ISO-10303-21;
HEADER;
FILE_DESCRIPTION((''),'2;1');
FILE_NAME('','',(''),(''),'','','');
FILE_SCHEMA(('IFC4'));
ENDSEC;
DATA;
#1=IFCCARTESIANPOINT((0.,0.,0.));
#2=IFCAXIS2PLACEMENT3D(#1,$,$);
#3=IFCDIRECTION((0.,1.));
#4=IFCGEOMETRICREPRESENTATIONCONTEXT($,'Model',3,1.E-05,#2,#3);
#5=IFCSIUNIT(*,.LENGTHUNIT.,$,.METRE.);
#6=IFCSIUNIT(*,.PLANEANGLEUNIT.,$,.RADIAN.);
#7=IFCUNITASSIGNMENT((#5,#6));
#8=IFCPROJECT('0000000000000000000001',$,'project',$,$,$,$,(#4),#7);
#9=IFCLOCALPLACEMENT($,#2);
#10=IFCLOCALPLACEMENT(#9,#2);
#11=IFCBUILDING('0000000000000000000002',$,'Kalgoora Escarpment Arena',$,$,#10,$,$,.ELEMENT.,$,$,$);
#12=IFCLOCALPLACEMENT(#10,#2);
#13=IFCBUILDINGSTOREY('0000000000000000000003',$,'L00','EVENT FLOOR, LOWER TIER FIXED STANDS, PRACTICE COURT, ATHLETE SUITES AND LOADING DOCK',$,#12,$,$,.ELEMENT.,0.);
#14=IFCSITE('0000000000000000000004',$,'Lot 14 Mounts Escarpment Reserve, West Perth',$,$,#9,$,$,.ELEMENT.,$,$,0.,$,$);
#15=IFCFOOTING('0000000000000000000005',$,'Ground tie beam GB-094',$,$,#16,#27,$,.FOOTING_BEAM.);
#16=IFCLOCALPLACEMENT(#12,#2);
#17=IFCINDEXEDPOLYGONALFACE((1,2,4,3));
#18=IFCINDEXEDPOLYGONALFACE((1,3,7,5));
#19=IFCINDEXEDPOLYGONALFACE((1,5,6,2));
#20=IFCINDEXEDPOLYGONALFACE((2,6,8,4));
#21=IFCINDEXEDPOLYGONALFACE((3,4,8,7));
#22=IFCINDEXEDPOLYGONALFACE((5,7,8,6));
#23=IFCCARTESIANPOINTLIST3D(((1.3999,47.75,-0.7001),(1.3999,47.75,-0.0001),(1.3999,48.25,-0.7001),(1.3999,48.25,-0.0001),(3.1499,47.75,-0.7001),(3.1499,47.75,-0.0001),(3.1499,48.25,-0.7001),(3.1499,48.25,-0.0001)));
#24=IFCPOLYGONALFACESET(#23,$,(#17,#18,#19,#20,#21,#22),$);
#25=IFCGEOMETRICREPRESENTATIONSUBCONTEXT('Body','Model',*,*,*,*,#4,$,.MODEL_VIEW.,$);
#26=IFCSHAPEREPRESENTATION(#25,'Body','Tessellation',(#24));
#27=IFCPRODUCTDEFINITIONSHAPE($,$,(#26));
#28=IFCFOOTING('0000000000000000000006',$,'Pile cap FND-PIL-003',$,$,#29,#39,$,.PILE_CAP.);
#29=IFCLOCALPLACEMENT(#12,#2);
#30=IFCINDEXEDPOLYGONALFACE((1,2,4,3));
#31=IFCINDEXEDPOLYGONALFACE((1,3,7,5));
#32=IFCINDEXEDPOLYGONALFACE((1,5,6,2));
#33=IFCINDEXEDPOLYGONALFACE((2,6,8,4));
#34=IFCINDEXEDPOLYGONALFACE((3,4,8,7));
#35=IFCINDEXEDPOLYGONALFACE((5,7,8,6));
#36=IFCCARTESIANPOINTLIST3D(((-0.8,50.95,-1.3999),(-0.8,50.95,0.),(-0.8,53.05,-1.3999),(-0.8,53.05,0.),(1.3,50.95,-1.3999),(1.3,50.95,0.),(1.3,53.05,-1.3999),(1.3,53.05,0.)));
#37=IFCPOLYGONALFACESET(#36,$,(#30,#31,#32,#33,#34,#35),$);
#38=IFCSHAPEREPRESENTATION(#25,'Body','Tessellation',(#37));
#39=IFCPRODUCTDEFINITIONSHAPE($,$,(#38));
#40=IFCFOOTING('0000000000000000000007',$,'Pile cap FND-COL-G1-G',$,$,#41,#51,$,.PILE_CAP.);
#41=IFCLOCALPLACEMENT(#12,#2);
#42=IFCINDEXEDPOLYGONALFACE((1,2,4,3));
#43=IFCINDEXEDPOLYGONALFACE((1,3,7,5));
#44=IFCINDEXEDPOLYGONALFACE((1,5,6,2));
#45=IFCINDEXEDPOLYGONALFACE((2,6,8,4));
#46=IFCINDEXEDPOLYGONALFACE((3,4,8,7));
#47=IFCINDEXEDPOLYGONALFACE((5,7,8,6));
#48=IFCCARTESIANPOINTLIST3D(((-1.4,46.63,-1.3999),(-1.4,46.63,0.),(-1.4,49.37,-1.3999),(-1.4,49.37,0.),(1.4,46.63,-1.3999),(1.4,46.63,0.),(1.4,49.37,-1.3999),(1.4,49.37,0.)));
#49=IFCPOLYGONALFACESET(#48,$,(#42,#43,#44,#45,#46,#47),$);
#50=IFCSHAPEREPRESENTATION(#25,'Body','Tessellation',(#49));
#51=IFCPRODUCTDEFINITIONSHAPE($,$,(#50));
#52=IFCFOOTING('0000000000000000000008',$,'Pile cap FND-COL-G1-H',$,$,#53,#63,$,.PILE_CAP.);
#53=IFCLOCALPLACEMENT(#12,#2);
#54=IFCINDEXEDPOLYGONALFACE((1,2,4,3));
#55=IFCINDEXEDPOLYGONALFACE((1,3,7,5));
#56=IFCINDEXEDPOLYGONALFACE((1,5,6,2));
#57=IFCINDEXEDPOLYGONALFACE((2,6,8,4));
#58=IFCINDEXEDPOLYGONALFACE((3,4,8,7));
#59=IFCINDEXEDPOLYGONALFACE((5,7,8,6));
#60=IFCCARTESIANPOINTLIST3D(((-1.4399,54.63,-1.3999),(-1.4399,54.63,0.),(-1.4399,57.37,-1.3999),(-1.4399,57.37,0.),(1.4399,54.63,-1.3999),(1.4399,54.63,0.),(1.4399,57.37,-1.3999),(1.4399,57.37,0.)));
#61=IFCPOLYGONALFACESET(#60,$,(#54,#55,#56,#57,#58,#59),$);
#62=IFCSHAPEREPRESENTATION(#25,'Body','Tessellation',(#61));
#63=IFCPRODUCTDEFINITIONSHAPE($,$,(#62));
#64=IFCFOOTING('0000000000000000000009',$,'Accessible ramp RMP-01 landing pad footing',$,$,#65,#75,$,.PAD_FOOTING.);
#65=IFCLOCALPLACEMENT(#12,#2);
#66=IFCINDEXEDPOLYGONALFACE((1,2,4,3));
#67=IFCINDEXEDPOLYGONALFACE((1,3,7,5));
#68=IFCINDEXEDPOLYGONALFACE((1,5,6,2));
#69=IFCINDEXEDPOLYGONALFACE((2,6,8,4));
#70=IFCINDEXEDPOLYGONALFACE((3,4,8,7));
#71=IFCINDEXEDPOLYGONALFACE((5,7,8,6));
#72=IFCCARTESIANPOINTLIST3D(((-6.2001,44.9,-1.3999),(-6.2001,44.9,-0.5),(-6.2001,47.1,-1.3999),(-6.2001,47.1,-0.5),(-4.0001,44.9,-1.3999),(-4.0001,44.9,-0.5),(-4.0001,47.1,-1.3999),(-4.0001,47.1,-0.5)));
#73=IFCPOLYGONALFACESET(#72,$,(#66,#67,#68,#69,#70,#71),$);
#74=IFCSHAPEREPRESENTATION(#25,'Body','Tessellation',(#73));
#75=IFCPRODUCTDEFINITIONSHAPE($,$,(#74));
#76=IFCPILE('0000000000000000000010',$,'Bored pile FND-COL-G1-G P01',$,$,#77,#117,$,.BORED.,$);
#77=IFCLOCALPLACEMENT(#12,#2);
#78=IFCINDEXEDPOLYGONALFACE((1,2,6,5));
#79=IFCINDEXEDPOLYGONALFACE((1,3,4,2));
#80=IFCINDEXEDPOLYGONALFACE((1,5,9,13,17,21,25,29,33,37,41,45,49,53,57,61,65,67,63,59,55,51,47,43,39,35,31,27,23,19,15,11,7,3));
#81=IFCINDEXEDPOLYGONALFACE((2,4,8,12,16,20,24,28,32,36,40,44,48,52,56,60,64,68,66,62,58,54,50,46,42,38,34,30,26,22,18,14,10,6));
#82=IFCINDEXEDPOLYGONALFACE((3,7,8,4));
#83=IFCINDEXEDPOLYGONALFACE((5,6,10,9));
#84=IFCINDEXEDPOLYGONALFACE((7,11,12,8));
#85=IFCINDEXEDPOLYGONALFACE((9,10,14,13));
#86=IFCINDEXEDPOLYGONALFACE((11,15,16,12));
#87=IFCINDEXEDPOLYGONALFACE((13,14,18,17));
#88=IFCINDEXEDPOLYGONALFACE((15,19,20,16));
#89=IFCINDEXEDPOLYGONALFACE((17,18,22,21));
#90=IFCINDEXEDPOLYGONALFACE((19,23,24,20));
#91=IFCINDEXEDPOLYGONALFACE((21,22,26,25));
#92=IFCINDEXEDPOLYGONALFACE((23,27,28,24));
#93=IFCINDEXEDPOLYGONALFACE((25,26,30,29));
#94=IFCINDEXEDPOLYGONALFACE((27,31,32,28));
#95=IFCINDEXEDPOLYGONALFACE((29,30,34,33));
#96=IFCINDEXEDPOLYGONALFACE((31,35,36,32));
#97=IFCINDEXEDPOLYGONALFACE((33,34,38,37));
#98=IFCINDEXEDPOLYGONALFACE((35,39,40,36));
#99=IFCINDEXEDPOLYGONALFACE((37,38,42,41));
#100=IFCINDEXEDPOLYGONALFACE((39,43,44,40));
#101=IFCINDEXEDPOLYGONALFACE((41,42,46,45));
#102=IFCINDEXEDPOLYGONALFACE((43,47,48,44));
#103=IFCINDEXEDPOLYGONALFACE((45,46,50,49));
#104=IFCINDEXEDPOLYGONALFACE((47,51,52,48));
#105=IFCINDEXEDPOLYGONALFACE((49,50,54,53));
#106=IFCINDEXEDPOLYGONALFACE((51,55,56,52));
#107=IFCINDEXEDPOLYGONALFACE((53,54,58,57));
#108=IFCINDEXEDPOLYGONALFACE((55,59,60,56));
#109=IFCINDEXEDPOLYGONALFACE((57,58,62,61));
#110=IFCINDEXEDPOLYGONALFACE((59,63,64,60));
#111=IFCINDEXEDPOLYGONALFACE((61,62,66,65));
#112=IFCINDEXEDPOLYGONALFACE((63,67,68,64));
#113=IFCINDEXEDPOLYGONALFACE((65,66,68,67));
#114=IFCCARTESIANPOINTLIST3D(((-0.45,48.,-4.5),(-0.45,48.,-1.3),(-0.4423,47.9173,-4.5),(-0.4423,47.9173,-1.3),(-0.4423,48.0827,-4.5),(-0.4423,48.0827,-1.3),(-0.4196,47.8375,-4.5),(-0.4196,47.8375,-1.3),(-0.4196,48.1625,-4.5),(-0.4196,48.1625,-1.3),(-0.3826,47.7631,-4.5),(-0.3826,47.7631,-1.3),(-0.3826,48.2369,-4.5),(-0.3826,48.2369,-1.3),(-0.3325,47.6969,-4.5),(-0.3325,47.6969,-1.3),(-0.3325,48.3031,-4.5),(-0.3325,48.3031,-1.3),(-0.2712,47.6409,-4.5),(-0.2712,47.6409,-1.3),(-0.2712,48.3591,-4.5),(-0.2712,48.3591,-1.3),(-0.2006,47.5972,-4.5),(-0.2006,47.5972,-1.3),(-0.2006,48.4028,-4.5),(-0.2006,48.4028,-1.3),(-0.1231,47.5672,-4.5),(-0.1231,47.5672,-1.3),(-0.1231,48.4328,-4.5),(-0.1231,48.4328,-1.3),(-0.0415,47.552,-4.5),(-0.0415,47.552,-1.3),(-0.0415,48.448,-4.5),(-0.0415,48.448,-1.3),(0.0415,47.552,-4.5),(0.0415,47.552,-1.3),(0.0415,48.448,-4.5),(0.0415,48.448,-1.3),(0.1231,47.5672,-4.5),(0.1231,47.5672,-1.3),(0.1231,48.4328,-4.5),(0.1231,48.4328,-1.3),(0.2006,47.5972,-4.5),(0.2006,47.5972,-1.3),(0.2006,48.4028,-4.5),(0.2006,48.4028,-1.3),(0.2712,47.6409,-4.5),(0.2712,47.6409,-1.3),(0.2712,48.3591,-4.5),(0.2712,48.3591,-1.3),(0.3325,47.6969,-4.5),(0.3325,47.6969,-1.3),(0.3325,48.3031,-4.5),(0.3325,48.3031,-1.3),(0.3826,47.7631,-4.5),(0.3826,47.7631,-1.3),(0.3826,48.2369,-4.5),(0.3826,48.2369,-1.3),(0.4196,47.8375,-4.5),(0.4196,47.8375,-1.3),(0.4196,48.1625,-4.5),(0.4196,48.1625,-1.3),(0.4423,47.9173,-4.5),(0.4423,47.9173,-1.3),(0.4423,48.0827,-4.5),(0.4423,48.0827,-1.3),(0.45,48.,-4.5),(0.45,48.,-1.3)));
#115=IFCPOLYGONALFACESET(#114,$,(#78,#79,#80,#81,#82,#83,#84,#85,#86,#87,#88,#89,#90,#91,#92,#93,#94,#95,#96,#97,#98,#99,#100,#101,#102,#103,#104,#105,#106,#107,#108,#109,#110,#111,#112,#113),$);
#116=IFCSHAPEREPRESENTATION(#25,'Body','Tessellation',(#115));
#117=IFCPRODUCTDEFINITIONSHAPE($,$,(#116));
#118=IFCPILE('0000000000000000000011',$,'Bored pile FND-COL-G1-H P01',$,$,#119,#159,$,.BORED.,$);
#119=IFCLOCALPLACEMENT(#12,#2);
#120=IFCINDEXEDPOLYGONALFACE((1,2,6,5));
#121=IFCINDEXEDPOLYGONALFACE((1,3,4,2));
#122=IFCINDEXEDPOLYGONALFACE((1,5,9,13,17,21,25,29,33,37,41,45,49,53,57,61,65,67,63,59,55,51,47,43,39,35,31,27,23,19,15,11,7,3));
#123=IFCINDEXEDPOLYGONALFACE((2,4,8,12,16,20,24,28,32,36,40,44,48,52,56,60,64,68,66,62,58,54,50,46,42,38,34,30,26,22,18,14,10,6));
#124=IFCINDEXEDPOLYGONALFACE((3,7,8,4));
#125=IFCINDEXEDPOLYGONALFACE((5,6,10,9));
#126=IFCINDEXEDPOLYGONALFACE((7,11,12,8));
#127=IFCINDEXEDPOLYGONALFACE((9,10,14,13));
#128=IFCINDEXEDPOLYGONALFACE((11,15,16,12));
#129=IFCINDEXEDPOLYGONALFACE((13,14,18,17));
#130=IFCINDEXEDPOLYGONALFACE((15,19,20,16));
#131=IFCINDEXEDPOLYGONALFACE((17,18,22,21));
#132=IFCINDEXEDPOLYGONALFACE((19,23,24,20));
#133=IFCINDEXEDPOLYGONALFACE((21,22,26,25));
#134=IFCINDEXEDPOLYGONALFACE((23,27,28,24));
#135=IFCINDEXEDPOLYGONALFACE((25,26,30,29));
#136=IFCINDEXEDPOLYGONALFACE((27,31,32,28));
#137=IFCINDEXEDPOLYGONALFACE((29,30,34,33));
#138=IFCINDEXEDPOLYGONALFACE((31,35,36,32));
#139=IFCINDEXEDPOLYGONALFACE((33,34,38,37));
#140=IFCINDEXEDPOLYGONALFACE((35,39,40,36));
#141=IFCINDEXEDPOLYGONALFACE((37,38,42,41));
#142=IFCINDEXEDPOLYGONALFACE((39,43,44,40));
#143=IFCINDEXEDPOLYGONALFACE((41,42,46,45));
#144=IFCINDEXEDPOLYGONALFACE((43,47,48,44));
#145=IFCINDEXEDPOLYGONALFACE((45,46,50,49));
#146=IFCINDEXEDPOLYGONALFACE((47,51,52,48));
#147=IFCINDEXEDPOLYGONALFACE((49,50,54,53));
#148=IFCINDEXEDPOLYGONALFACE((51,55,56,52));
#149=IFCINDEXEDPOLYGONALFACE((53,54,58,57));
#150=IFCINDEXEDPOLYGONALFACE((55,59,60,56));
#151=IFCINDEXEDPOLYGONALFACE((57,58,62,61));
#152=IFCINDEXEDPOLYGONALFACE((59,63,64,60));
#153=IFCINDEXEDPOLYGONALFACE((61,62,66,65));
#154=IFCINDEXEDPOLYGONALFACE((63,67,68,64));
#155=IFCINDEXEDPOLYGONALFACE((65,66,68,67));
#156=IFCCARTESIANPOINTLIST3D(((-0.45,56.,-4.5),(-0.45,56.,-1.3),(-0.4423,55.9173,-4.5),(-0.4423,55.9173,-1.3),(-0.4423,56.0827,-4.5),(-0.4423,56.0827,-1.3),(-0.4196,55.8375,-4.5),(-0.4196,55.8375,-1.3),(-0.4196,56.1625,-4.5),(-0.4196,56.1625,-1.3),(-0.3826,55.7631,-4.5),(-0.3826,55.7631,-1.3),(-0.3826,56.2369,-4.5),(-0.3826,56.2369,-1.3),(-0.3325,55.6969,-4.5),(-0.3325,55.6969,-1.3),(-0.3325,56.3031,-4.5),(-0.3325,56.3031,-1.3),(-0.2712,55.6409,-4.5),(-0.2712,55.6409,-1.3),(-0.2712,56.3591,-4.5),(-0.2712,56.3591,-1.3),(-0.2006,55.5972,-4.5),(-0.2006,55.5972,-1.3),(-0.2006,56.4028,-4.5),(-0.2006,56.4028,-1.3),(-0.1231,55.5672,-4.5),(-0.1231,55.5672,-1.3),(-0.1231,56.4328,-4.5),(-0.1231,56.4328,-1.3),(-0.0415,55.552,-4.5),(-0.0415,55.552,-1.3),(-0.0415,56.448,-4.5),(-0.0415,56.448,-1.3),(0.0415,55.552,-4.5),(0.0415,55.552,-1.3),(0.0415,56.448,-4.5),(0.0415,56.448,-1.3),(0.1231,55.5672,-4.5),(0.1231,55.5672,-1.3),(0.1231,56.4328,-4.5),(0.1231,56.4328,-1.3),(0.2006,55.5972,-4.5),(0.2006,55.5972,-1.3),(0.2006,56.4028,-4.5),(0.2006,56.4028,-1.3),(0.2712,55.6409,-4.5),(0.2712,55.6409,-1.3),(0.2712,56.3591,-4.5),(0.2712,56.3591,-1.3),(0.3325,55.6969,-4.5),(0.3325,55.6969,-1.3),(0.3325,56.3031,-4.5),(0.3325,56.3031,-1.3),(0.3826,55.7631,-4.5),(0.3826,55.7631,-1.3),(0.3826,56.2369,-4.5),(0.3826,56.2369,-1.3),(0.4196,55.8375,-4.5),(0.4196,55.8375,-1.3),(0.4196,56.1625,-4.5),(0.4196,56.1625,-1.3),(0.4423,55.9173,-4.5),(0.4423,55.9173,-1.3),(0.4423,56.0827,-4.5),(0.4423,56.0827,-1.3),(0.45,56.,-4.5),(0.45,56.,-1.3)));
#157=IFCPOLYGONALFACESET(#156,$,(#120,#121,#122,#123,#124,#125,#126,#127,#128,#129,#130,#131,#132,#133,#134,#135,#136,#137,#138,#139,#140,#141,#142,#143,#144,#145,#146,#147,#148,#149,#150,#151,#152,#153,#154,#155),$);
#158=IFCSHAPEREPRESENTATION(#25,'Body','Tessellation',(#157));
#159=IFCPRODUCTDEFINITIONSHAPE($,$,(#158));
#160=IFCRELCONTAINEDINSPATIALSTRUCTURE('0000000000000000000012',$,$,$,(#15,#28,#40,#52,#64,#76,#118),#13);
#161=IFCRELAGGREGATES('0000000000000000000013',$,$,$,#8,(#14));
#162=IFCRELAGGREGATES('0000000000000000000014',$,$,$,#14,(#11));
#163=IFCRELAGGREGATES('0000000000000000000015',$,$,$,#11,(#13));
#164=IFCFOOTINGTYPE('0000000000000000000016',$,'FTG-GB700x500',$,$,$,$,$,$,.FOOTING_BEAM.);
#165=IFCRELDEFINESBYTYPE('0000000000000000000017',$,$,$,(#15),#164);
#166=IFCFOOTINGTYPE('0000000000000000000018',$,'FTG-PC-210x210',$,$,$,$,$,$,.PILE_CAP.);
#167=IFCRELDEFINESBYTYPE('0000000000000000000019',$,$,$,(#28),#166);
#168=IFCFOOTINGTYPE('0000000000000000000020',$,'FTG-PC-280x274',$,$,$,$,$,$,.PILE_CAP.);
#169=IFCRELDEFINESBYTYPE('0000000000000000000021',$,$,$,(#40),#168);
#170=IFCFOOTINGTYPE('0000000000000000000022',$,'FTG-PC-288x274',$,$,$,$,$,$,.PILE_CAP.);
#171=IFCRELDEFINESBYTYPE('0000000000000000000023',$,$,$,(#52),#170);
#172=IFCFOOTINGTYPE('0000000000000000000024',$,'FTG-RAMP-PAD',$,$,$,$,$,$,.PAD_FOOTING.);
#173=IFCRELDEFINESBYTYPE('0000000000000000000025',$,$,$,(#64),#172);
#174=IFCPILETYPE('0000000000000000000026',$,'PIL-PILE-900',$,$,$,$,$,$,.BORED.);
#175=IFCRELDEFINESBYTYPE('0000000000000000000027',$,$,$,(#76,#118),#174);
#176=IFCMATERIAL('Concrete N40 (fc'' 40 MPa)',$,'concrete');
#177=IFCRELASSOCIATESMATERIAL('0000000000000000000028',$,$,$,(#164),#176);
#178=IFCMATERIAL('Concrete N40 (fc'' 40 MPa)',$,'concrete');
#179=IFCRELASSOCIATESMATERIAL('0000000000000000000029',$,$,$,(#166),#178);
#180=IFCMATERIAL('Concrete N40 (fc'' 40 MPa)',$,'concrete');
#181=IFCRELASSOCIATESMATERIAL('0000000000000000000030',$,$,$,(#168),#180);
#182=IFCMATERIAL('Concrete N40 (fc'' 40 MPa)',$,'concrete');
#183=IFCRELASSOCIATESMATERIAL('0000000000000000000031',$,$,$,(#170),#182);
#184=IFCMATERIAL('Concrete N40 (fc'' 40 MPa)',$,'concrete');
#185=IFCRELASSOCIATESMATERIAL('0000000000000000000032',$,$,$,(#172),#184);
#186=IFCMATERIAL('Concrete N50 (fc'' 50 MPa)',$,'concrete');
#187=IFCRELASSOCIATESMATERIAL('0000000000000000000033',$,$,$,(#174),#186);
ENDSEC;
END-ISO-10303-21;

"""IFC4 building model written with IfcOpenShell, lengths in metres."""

from ifc_helpers import new_model, si_unit, direction, frame, origin, origin_2d, place, context, subcontext, project, spatial, rectangle, circle, extrude, material, material_profile, profile_set, type_object, element, save


model = new_model("IFC4")

# Units and contexts
model_context = context("Model", 3, precision=1e-05, world=origin(), true_north=direction((0.0, 1.0)))
body_context = subcontext(model_context, "Body", "Model", "MODEL_VIEW")
ifc_project = project(units=[si_unit("LENGTHUNIT", "METRE"), si_unit("PLANEANGLEUNIT", "RADIAN")], contexts=[model_context])

# Site, building, storey
site_placement = place(None, origin())
site = spatial("IfcSite", under=ifc_project, at=site_placement, Name="Lot 14 Mounts Escarpment Reserve, West Perth", CompositionType="ELEMENT", RefElevation=0.0)
building_placement = place(site_placement, origin())
building = spatial("IfcBuilding", under=site, at=building_placement, Name="Kalgoora Escarpment Arena", CompositionType="ELEMENT")
storey_placement = place(building_placement, origin())
storey = spatial("IfcBuildingStorey", under=building, at=storey_placement, Name="L00", Description="EVENT FLOOR, LOWER TIER FIXED STANDS, PRACTICE COURT, ATHLETE SUITES AND LOADING DOCK", CompositionType="ELEMENT", Elevation=0.0)

# Footings
ifc_material_1 = material(Name="Concrete N40 (fc' 40 MPa)", Category="concrete")
ifc_material_profile_1 = material_profile(ifc_material_1, rectangle(XDim=0.5, YDim=0.7, at=origin_2d()))
ifc_profile_set_1 = profile_set([ifc_material_profile_1], Name="Concrete N40 (fc' 40 MPa)")
footing_type_1 = type_object("IfcFootingType", Name="FTG-GB700x500", PredefinedType="FOOTING_BEAM", material=ifc_profile_set_1)
footing_1_placement = place(storey_placement, frame((1.3999, 48.0, -0.3501), z_axis=(1.0, 0.0, 0.0), x_axis=(0.0, 1.0, 0.0)))
element("IfcFooting", 1, at=footing_1_placement, inside=storey, type_object=footing_type_1, Name="Ground tie beam GB-094", PredefinedType="FOOTING_BEAM", context=body_context, shape_type="SweptSolid", body=[
    extrude(rectangle(XDim=0.5, YDim=0.7, at=origin_2d()), origin(), (0.0, 0.0, 1.0), 1.75),
])
ifc_material_2 = material(Name="Concrete N40 (fc' 40 MPa)", Category="concrete")
footing_type_2 = type_object("IfcFootingType", Name="FTG-PC-210x210", PredefinedType="PILE_CAP", material=ifc_material_2)
footing_2_placement = place(storey_placement, frame((0.25, 52.0, -1.3999), z_axis=(0.0, 0.0, 1.0), x_axis=(1.0, 0.0, 0.0)))
element("IfcFooting", 2, at=footing_2_placement, inside=storey, type_object=footing_type_2, Name="Pile cap FND-PIL-003", PredefinedType="PILE_CAP", context=body_context, shape_type="SweptSolid", body=[
    extrude(rectangle(XDim=2.1001, YDim=2.1001, at=origin_2d()), origin(), (0.0, 0.0, 1.0), 1.3999),
])
ifc_material_3 = material(Name="Concrete N40 (fc' 40 MPa)", Category="concrete")
footing_type_3 = type_object("IfcFootingType", Name="FTG-PC-280x274", PredefinedType="PILE_CAP", material=ifc_material_3)
footing_3_placement = place(storey_placement, frame((0.0, 48.0, -1.3999), z_axis=(0.0, 0.0, 1.0), x_axis=(1.0, 0.0, 0.0)))
element("IfcFooting", 3, at=footing_3_placement, inside=storey, type_object=footing_type_3, Name="Pile cap FND-COL-G1-G", PredefinedType="PILE_CAP", context=body_context, shape_type="SweptSolid", body=[
    extrude(rectangle(XDim=2.8, YDim=2.74, at=origin_2d()), origin(), (0.0, 0.0, 1.0), 1.3999),
])
ifc_material_4 = material(Name="Concrete N40 (fc' 40 MPa)", Category="concrete")
footing_type_4 = type_object("IfcFootingType", Name="FTG-PC-288x274", PredefinedType="PILE_CAP", material=ifc_material_4)
footing_4_placement = place(storey_placement, frame((0.0, 56.0, -1.3999), z_axis=(0.0, 0.0, 1.0), x_axis=(1.0, 0.0, 0.0)))
element("IfcFooting", 4, at=footing_4_placement, inside=storey, type_object=footing_type_4, Name="Pile cap FND-COL-G1-H", PredefinedType="PILE_CAP", context=body_context, shape_type="SweptSolid", body=[
    extrude(rectangle(XDim=2.8799, YDim=2.74, at=origin_2d()), origin(), (0.0, 0.0, 1.0), 1.3999),
])
ifc_material_5 = material(Name="Concrete N40 (fc' 40 MPa)", Category="concrete")
footing_type_5 = type_object("IfcFootingType", Name="FTG-RAMP-PAD", PredefinedType="PAD_FOOTING", material=ifc_material_5)
footing_5_placement = place(storey_placement, frame((-5.1001, 46.0, -1.3999), z_axis=(0.0, 0.0, 1.0), x_axis=(1.0, 0.0, 0.0)))
element("IfcFooting", 5, at=footing_5_placement, inside=storey, type_object=footing_type_5, Name="Accessible ramp RMP-01 landing pad footing", PredefinedType="PAD_FOOTING", context=body_context, shape_type="SweptSolid", body=[
    extrude(rectangle(XDim=2.2, YDim=2.2, at=origin_2d()), origin(), (0.0, 0.0, 1.0), 0.8999),
])

# Piles
ifc_material_6 = material(Name="Concrete N50 (fc' 50 MPa)", Category="concrete")
ifc_material_profile_2 = material_profile(ifc_material_6, circle(Radius=0.45, at=origin_2d()))
ifc_profile_set_2 = profile_set([ifc_material_profile_2], Name="Concrete N50 (fc' 50 MPa)")
pile_type = type_object("IfcPileType", Name="PIL-PILE-900", PredefinedType="BORED", material=ifc_profile_set_2)
for number, where, z_axis, x_axis, name in (
    (6, (0.0, 48.0, -1.3), (0.0, 0.0, -1.0), (1.0, 0.0, 0.0), "Bored pile FND-COL-G1-G P01"),
    (7, (0.0, 56.0, -1.3), (0.0, 0.0, -1.0), (1.0, 0.0, 0.0), "Bored pile FND-COL-G1-H P01"),
):
    element("IfcPile", number, at=place(storey_placement, frame(where, z_axis=z_axis, x_axis=x_axis)), inside=storey, type_object=pile_type, Name=name, PredefinedType="BORED", context=body_context, shape_type="SweptSolid", body=[
        extrude(circle(Radius=0.45, at=origin_2d()), origin(), (0.0, 0.0, 1.0), 3.2),
    ])

save(model, "model.ifc")
